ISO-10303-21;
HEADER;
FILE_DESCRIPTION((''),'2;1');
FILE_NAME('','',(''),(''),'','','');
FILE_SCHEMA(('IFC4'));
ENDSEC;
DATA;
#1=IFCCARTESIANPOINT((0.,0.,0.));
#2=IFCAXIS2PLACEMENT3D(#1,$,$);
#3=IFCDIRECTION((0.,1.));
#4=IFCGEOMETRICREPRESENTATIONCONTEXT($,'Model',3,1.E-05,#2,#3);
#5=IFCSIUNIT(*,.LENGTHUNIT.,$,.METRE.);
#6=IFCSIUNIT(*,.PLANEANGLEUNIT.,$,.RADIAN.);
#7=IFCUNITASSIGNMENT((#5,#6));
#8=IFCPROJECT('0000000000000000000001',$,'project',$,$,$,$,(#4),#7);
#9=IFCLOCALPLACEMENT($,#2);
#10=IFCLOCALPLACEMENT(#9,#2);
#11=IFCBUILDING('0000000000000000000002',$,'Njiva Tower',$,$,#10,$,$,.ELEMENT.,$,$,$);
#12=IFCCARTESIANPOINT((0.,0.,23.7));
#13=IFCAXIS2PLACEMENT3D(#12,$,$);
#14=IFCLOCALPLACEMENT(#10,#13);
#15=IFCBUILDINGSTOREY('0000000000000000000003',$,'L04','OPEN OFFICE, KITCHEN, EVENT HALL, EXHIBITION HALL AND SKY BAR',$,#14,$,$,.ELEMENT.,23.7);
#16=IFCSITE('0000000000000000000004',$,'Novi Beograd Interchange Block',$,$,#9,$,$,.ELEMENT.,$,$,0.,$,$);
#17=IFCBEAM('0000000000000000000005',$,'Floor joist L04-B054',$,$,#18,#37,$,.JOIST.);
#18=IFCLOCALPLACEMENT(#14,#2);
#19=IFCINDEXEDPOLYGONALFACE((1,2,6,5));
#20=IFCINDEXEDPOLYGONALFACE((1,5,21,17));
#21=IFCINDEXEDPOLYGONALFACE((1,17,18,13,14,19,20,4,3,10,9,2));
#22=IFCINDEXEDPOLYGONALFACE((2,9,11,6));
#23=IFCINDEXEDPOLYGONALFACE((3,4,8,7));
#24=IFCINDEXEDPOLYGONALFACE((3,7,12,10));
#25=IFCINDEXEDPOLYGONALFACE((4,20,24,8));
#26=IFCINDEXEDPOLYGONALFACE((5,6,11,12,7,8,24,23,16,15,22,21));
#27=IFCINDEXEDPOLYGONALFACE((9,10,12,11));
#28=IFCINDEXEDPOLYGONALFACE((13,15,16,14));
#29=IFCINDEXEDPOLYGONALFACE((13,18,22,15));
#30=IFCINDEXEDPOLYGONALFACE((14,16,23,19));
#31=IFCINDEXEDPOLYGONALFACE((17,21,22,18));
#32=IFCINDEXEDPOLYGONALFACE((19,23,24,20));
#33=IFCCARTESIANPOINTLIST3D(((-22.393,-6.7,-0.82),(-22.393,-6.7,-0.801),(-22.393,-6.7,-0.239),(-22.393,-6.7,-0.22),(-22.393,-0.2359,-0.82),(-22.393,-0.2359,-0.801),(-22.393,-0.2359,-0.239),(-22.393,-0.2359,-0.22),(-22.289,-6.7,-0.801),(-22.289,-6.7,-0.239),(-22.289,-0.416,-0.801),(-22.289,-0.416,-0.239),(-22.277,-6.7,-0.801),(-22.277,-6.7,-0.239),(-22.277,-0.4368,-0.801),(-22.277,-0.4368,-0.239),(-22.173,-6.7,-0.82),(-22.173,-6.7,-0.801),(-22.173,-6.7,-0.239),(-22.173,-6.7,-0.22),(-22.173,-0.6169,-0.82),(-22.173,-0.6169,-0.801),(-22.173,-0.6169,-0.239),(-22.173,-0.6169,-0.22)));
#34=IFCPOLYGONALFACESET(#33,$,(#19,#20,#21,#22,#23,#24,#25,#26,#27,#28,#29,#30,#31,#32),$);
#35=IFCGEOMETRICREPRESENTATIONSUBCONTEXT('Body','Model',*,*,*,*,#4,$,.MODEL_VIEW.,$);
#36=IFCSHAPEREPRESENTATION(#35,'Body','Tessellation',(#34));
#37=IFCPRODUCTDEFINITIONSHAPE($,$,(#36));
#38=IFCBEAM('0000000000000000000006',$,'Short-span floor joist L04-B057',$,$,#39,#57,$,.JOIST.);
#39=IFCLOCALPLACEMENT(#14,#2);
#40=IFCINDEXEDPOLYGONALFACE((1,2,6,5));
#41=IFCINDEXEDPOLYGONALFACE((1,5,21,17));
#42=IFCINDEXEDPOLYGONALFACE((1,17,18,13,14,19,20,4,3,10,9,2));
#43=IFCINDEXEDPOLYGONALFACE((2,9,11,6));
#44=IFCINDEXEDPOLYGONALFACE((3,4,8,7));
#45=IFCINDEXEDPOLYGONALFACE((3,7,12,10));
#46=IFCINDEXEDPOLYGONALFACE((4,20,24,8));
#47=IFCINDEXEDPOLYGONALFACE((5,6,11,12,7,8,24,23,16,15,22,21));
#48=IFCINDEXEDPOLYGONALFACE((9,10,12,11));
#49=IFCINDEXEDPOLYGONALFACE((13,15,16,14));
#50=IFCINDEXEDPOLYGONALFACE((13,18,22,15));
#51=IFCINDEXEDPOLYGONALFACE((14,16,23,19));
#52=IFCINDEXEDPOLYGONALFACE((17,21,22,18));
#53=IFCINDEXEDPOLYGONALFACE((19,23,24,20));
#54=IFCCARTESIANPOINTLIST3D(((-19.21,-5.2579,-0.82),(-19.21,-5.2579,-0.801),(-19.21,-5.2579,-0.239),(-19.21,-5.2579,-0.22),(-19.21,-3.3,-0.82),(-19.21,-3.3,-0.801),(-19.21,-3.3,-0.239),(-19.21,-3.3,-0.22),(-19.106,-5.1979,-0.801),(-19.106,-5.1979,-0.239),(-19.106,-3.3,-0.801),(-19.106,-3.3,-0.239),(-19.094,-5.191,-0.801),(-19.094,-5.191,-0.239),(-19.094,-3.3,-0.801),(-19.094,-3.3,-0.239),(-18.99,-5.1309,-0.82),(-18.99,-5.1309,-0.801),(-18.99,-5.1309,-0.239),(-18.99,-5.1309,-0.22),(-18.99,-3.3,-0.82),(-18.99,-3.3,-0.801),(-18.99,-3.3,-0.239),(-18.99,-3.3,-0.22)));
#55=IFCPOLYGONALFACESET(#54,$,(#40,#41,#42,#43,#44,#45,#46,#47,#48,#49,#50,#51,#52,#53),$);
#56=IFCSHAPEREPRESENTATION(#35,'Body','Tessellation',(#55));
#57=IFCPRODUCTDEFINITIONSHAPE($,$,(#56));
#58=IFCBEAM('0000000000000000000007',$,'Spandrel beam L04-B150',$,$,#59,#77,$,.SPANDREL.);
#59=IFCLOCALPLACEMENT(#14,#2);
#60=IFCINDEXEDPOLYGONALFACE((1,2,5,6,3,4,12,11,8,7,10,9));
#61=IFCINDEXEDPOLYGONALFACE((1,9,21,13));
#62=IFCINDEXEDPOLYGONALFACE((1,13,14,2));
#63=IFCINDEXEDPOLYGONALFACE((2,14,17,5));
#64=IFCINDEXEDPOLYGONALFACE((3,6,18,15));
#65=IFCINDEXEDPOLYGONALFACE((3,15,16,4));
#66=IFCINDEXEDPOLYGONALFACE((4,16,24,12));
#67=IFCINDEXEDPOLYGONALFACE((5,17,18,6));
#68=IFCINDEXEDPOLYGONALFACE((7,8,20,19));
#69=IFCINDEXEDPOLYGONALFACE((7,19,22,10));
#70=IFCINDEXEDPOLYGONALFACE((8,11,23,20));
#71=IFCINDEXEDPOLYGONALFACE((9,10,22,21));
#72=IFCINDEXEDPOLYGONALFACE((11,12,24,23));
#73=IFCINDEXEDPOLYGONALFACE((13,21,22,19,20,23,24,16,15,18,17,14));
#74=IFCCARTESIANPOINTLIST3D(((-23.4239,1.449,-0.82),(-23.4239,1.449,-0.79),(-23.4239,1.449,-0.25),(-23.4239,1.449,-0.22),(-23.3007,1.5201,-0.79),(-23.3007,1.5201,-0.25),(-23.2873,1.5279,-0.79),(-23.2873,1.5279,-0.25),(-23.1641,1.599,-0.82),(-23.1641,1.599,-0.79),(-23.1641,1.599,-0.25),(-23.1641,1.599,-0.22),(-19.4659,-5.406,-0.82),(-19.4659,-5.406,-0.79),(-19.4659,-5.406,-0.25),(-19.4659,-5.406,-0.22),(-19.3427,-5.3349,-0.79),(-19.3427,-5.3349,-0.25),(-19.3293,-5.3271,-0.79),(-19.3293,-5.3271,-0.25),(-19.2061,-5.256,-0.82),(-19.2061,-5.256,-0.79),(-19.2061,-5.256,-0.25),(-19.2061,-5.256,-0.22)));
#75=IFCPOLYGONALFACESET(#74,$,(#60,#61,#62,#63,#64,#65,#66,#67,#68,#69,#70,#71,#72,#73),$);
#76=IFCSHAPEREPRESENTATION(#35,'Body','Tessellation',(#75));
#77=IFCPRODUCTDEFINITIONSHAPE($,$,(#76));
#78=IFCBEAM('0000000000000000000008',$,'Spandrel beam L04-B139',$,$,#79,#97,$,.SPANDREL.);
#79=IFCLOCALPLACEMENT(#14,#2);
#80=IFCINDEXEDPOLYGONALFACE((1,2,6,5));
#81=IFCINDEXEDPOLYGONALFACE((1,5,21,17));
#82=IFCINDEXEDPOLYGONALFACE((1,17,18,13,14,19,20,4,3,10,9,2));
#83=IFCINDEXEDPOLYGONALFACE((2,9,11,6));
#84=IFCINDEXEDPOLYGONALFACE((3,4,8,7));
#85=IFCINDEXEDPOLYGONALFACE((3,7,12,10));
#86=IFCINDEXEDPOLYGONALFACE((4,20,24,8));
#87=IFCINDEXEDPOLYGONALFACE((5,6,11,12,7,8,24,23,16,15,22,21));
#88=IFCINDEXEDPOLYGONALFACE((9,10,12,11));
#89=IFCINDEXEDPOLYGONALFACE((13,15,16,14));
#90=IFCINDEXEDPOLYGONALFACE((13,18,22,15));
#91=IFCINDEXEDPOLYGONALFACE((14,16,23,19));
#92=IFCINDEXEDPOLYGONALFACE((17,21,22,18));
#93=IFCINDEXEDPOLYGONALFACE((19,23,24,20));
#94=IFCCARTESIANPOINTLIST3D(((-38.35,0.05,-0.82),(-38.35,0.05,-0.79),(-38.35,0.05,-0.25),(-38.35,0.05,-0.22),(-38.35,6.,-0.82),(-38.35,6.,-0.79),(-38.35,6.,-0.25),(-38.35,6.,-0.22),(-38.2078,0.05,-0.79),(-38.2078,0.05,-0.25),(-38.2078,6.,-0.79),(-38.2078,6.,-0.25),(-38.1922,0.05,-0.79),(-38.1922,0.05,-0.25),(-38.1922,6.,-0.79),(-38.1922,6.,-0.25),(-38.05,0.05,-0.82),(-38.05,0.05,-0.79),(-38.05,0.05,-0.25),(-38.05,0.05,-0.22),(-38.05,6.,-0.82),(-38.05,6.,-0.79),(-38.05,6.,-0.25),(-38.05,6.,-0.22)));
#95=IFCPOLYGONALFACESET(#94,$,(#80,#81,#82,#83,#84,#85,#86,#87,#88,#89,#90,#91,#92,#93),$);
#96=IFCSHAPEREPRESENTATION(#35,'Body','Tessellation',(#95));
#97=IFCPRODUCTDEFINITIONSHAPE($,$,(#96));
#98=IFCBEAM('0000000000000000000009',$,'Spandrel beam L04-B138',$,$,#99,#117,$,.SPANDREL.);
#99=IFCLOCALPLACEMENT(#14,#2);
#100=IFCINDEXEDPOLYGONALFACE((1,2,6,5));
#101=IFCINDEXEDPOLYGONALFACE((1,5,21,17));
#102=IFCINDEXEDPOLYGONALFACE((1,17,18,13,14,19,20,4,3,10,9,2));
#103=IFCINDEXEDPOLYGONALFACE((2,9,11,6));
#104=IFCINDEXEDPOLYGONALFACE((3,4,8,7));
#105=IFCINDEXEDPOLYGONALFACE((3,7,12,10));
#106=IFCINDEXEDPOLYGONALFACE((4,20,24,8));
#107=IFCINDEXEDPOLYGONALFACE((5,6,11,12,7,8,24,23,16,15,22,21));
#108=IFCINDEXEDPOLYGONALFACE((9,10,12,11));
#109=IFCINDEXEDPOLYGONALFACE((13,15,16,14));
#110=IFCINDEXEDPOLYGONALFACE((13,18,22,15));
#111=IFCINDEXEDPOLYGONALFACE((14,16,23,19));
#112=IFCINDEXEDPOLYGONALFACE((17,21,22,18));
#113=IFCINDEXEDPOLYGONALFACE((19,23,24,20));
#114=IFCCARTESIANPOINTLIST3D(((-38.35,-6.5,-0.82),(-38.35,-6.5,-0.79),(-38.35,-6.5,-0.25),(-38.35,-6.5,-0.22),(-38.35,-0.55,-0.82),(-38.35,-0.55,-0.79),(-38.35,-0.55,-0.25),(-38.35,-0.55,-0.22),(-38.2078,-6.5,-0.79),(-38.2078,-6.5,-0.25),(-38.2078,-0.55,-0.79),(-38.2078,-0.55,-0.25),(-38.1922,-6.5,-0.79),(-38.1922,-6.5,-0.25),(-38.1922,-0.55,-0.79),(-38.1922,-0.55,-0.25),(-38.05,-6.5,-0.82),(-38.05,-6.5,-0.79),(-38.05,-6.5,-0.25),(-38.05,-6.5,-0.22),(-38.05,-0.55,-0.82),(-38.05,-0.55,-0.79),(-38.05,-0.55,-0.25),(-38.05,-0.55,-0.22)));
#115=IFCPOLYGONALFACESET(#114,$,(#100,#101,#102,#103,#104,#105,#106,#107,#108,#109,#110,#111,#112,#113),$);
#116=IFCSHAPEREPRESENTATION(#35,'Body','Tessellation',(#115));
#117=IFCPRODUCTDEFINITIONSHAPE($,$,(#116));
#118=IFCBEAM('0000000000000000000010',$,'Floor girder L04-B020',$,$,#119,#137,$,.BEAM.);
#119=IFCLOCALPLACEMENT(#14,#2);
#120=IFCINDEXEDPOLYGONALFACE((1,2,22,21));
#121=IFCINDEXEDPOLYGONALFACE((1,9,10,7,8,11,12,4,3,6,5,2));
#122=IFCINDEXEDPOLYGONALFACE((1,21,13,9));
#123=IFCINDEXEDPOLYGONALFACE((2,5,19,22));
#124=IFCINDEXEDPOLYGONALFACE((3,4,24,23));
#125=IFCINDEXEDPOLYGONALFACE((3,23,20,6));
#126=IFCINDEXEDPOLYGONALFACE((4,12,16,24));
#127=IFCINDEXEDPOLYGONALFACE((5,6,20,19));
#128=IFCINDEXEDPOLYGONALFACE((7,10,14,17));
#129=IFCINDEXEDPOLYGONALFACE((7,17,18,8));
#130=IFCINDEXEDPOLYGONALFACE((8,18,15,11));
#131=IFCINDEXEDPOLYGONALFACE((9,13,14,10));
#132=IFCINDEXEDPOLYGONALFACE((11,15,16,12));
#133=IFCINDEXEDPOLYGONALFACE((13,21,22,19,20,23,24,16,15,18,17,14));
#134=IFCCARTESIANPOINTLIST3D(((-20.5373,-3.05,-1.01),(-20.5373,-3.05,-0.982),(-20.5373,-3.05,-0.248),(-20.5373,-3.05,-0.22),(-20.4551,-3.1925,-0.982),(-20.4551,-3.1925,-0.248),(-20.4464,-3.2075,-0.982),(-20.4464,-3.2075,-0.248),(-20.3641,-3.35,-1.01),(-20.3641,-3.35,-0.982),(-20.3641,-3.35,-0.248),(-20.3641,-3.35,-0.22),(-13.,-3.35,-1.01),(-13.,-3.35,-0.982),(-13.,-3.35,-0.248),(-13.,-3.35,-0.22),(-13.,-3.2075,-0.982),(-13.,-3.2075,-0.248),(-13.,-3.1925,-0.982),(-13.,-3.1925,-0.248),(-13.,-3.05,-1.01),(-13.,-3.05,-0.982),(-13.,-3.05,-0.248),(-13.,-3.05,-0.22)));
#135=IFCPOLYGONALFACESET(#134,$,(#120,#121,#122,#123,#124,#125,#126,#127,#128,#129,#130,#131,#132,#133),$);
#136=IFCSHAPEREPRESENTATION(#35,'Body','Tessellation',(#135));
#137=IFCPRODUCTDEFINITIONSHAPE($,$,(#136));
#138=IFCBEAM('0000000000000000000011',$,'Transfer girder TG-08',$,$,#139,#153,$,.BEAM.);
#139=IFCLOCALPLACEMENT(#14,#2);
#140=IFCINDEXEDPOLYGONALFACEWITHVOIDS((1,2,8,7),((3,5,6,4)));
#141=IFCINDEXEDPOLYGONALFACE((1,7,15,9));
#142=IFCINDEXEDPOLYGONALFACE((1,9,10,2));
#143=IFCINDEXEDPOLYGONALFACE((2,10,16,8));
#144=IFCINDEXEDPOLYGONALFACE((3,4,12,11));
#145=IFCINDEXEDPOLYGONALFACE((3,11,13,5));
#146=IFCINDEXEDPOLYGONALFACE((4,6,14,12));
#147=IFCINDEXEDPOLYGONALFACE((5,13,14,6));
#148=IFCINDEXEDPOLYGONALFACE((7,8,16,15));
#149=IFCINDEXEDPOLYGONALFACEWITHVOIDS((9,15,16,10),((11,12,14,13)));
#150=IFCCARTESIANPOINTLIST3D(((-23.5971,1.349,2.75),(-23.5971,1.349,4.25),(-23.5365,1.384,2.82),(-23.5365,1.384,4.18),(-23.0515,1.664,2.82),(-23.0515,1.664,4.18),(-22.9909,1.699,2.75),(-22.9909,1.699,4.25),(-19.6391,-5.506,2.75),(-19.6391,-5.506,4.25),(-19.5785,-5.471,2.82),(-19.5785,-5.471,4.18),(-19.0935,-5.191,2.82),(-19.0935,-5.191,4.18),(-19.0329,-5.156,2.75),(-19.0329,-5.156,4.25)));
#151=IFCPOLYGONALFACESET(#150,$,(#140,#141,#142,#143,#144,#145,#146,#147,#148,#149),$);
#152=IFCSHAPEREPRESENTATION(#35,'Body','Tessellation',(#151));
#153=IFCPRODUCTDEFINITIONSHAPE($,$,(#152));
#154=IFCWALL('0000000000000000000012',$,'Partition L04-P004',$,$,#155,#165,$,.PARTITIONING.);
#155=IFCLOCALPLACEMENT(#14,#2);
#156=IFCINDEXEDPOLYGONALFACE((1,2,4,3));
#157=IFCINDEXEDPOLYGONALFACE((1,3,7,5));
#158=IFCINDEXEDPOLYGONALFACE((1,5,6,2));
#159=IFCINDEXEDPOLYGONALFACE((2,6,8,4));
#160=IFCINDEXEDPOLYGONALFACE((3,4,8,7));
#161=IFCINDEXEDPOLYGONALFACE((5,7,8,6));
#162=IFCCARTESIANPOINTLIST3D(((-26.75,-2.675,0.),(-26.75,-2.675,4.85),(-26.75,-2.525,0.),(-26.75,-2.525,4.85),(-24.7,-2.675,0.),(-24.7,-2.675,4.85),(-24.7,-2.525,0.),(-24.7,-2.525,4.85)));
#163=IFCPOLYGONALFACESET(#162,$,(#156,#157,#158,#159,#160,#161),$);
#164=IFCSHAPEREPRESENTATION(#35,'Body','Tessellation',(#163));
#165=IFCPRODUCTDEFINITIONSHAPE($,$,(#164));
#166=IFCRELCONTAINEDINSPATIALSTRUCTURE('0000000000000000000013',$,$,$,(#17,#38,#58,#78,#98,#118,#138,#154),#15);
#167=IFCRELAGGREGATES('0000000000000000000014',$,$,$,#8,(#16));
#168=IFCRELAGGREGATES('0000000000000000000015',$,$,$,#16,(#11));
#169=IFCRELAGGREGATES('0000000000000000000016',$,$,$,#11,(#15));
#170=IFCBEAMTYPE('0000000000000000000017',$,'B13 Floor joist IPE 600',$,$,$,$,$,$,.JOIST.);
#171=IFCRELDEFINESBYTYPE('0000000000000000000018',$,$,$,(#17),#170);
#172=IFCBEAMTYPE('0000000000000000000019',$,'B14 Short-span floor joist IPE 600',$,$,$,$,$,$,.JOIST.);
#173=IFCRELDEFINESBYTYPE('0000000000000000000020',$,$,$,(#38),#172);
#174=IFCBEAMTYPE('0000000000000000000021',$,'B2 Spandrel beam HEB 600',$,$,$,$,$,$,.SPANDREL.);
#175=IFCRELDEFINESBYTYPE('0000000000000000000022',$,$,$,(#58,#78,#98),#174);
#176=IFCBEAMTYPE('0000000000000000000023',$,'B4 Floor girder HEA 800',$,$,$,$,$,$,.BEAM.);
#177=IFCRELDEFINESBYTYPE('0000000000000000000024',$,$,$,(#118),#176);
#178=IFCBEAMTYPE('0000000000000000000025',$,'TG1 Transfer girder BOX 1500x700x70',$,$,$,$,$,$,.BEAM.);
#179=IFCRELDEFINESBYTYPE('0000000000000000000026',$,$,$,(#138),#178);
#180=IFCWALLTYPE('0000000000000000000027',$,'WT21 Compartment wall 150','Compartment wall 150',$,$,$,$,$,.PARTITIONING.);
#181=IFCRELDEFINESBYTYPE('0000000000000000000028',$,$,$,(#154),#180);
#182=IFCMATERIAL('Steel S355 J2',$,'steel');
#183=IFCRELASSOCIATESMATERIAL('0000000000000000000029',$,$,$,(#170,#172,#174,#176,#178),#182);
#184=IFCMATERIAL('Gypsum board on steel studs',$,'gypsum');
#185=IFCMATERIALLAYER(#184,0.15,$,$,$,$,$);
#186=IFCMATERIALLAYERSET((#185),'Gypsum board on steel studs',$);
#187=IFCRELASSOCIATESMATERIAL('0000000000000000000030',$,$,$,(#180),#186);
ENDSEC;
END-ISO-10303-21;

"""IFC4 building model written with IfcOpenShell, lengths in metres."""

from ifc_helpers import new_model, si_unit, direction, frame, frame_2d, origin, origin_2d, place, context, subcontext, project, spatial, rectangle, hollow_rectangle, i_section, extrude, clip, halfspace, material, layer, layer_set, material_profile, profile_set, type_object, element, save


model = new_model("IFC4")

# Units and contexts
model_context = context("Model", 3, precision=1e-05, world=origin(), true_north=direction((0.0, 1.0)))
body_context = subcontext(model_context, "Body", "Model", "MODEL_VIEW")
ifc_project = project(units=[si_unit("LENGTHUNIT", "METRE"), si_unit("PLANEANGLEUNIT", "RADIAN")], contexts=[model_context])

# Site, building, storey
site_placement = place(None, origin())
site = spatial("IfcSite", under=ifc_project, at=site_placement, Name="Novi Beograd Interchange Block", CompositionType="ELEMENT", RefElevation=0.0)
building_placement = place(site_placement, origin())
building = spatial("IfcBuilding", under=site, at=building_placement, Name="Njiva Tower", CompositionType="ELEMENT")
storey_placement = place(building_placement, frame((0.0, 0.0, 23.7)))
storey = spatial("IfcBuildingStorey", under=building, at=storey_placement, Name="L04", Description="OPEN OFFICE, KITCHEN, EVENT HALL, EXHIBITION HALL AND SKY BAR", CompositionType="ELEMENT", Elevation=23.7)

# Shared definitions
ifc_material_1 = material(Name="Steel S355 J2", Category="steel")

# Beams
ifc_material_profile_1 = material_profile(ifc_material_1, i_section(OverallWidth=0.22, OverallDepth=0.6, WebThickness=0.012, FlangeThickness=0.019, at=origin_2d()), Name="IPE 600")
ifc_profile_set_1 = profile_set([ifc_material_profile_1], Name="Steel S355 J2")
beam_type_1 = type_object("IfcBeamType", Name="B13 Floor joist IPE 600", PredefinedType="JOIST", material=ifc_profile_set_1)
beam_1_placement = place(storey_placement, frame((-22.283, -0.215, -0.52), z_axis=(0.0, -1.0, 0.0), x_axis=(1.0, 0.0, 0.0)))
element("IfcBeam", 1, at=beam_1_placement, inside=storey, type_object=beam_type_1, Name="Floor joist L04-B054", PredefinedType="JOIST", context=body_context, shape_type="Clipping", body=[
    clip(extrude(i_section(OverallWidth=0.22, OverallDepth=0.6, WebThickness=0.012, FlangeThickness=0.019, at=origin_2d()), origin(), (0.0, 0.0, 1.0), 6.485), halfspace(frame((0.043, 0.0, 0.2859), z_axis=(0.866027, 0.0, -0.499998), x_axis=(0.0, -1.0, 0.0)), False)),
])
ifc_material_profile_2 = material_profile(ifc_material_1, i_section(OverallWidth=0.22, OverallDepth=0.6, WebThickness=0.012, FlangeThickness=0.019, at=origin_2d()), Name="IPE 600")
ifc_profile_set_2 = profile_set([ifc_material_profile_2], Name="Steel S355 J2")
beam_type_2 = type_object("IfcBeamType", Name="B14 Short-span floor joist IPE 600", PredefinedType="JOIST", material=ifc_profile_set_2)
beam_2_placement = place(storey_placement, frame((-19.1, -3.3, -0.52), z_axis=(0.0, -1.0, 0.0), x_axis=(1.0, 0.0, 0.0)))
element("IfcBeam", 2, at=beam_2_placement, inside=storey, type_object=beam_type_2, Name="Short-span floor joist L04-B057", PredefinedType="JOIST", context=body_context, shape_type="Clipping", body=[
    clip(extrude(i_section(OverallWidth=0.22, OverallDepth=0.6, WebThickness=0.012, FlangeThickness=0.019, at=origin_2d()), origin(), (0.0, 0.0, 1.0), 1.978), halfspace(frame((0.025, 0.0, 1.88), z_axis=(0.499998, 0.0, 0.866027), x_axis=(0.0, 1.0, 0.0)), False)),
])
ifc_material_profile_3 = material_profile(ifc_material_1, i_section(OverallWidth=0.3, OverallDepth=0.6, WebThickness=0.0155, FlangeThickness=0.03, at=origin_2d()), Name="HEB 600")
ifc_profile_set_3 = profile_set([ifc_material_profile_3], Name="Steel S355 J2")
beam_type_3 = type_object("IfcBeamType", Name="B2 Spandrel beam HEB 600", PredefinedType="SPANDREL", material=ifc_profile_set_3)
beam_3_placement = place(storey_placement, frame((-23.294, 1.524, -0.52), z_axis=(0.500025, -0.866011, 0.0), x_axis=(0.866011, 0.500025, 0.0)))
element("IfcBeam", 3, at=beam_3_placement, inside=storey, type_object=beam_type_3, Name="Spandrel beam L04-B150", PredefinedType="SPANDREL", context=body_context, shape_type="SweptSolid", body=[
    extrude(i_section(OverallWidth=0.3, OverallDepth=0.6, WebThickness=0.0155, FlangeThickness=0.03, at=origin_2d()), origin(), (0.0, 0.0, 1.0), 7.9156),
])
for number, where, z_axis, x_axis, name in (
    (4, (-38.2, 6.0, -0.52), (0.0, -1.0, 0.0), (1.0, 0.0, 0.0), "Spandrel beam L04-B139"),
    (5, (-38.2, -0.55, -0.52), (0.0, -1.0, 0.0), (1.0, 0.0, 0.0), "Spandrel beam L04-B138"),
):
    element("IfcBeam", number, at=place(storey_placement, frame(where, z_axis=z_axis, x_axis=x_axis)), inside=storey, type_object=beam_type_3, Name=name, PredefinedType="SPANDREL", context=body_context, shape_type="SweptSolid", body=[
        extrude(i_section(OverallWidth=0.3, OverallDepth=0.6, WebThickness=0.0155, FlangeThickness=0.03, at=origin_2d()), origin(), (0.0, 0.0, 1.0), 5.95),
    ])
ifc_material_profile_4 = material_profile(ifc_material_1, i_section(OverallWidth=0.3, OverallDepth=0.79, WebThickness=0.015, FlangeThickness=0.028, at=origin_2d()), Name="HEA 800")
ifc_profile_set_4 = profile_set([ifc_material_profile_4], Name="Steel S355 J2")
beam_type_4 = type_object("IfcBeamType", Name="B4 Floor girder HEA 800", PredefinedType="BEAM", material=ifc_profile_set_4)
beam_4_placement = place(storey_placement, frame((-20.558, -3.2, -0.615), z_axis=(1.0, 0.0, 0.0), x_axis=(0.0, 1.0, 0.0)))
element("IfcBeam", 6, at=beam_4_placement, inside=storey, type_object=beam_type_4, Name="Floor girder L04-B020", PredefinedType="BEAM", context=body_context, shape_type="Clipping", body=[
    clip(extrude(i_section(OverallWidth=0.3, OverallDepth=0.79, WebThickness=0.015, FlangeThickness=0.028, at=origin_2d()), origin(), (0.0, 0.0, 1.0), 7.558), halfspace(frame((-0.025, 0.0, 0.1217), z_axis=(-0.499998, 0.0, -0.866027), x_axis=(0.0, -1.0, 0.0)), False)),
])
ifc_material_profile_5 = material_profile(ifc_material_1, hollow_rectangle(XDim=0.7, YDim=1.5, WallThickness=0.07, at=origin_2d()), Name="BOX 1500x700x70")
ifc_profile_set_5 = profile_set([ifc_material_profile_5], Name="Steel S355 J2")
beam_type_5 = type_object("IfcBeamType", Name="TG1 Transfer girder BOX 1500x700x70", PredefinedType="BEAM", material=ifc_profile_set_5)
beam_5_placement = place(storey_placement, frame((-23.294, 1.524, 3.5), z_axis=(0.500025, -0.866011, 0.0), x_axis=(0.866011, 0.500025, 0.0)))
element("IfcBeam", 7, at=beam_5_placement, inside=storey, type_object=beam_type_5, Name="Transfer girder TG-08", PredefinedType="BEAM", context=body_context, shape_type="SweptSolid", body=[
    extrude(hollow_rectangle(XDim=0.7, YDim=1.5, WallThickness=0.07, at=origin_2d()), origin(), (0.0, 0.0, 1.0), 7.9156),
])

# Wall
ifc_material_2 = material(Name="Gypsum board on steel studs", Category="gypsum")
ifc_layer_1 = layer(ifc_material_2, 0.15)
ifc_layer_set_1 = layer_set([ifc_layer_1], Name="Gypsum board on steel studs")
wall_type_1 = type_object("IfcWallType", Name="WT21 Compartment wall 150", Description="Compartment wall 150", PredefinedType="PARTITIONING", material=ifc_layer_set_1)
wall_1_placement = place(storey_placement, frame((-26.75, -2.6, 0.0), z_axis=(0.0, 0.0, 1.0), x_axis=(1.0, 0.0, 0.0)))
element("IfcWall", 8, at=wall_1_placement, inside=storey, type_object=wall_type_1, Name="Partition L04-P004", PredefinedType="PARTITIONING", context=body_context, shape_type="SweptSolid", body=[
    extrude(rectangle(XDim=2.05, YDim=0.15, at=frame_2d((1.025, 0.0))), origin(), (0.0, 0.0, 1.0), 4.85),
])

save(model, "model.ifc")
